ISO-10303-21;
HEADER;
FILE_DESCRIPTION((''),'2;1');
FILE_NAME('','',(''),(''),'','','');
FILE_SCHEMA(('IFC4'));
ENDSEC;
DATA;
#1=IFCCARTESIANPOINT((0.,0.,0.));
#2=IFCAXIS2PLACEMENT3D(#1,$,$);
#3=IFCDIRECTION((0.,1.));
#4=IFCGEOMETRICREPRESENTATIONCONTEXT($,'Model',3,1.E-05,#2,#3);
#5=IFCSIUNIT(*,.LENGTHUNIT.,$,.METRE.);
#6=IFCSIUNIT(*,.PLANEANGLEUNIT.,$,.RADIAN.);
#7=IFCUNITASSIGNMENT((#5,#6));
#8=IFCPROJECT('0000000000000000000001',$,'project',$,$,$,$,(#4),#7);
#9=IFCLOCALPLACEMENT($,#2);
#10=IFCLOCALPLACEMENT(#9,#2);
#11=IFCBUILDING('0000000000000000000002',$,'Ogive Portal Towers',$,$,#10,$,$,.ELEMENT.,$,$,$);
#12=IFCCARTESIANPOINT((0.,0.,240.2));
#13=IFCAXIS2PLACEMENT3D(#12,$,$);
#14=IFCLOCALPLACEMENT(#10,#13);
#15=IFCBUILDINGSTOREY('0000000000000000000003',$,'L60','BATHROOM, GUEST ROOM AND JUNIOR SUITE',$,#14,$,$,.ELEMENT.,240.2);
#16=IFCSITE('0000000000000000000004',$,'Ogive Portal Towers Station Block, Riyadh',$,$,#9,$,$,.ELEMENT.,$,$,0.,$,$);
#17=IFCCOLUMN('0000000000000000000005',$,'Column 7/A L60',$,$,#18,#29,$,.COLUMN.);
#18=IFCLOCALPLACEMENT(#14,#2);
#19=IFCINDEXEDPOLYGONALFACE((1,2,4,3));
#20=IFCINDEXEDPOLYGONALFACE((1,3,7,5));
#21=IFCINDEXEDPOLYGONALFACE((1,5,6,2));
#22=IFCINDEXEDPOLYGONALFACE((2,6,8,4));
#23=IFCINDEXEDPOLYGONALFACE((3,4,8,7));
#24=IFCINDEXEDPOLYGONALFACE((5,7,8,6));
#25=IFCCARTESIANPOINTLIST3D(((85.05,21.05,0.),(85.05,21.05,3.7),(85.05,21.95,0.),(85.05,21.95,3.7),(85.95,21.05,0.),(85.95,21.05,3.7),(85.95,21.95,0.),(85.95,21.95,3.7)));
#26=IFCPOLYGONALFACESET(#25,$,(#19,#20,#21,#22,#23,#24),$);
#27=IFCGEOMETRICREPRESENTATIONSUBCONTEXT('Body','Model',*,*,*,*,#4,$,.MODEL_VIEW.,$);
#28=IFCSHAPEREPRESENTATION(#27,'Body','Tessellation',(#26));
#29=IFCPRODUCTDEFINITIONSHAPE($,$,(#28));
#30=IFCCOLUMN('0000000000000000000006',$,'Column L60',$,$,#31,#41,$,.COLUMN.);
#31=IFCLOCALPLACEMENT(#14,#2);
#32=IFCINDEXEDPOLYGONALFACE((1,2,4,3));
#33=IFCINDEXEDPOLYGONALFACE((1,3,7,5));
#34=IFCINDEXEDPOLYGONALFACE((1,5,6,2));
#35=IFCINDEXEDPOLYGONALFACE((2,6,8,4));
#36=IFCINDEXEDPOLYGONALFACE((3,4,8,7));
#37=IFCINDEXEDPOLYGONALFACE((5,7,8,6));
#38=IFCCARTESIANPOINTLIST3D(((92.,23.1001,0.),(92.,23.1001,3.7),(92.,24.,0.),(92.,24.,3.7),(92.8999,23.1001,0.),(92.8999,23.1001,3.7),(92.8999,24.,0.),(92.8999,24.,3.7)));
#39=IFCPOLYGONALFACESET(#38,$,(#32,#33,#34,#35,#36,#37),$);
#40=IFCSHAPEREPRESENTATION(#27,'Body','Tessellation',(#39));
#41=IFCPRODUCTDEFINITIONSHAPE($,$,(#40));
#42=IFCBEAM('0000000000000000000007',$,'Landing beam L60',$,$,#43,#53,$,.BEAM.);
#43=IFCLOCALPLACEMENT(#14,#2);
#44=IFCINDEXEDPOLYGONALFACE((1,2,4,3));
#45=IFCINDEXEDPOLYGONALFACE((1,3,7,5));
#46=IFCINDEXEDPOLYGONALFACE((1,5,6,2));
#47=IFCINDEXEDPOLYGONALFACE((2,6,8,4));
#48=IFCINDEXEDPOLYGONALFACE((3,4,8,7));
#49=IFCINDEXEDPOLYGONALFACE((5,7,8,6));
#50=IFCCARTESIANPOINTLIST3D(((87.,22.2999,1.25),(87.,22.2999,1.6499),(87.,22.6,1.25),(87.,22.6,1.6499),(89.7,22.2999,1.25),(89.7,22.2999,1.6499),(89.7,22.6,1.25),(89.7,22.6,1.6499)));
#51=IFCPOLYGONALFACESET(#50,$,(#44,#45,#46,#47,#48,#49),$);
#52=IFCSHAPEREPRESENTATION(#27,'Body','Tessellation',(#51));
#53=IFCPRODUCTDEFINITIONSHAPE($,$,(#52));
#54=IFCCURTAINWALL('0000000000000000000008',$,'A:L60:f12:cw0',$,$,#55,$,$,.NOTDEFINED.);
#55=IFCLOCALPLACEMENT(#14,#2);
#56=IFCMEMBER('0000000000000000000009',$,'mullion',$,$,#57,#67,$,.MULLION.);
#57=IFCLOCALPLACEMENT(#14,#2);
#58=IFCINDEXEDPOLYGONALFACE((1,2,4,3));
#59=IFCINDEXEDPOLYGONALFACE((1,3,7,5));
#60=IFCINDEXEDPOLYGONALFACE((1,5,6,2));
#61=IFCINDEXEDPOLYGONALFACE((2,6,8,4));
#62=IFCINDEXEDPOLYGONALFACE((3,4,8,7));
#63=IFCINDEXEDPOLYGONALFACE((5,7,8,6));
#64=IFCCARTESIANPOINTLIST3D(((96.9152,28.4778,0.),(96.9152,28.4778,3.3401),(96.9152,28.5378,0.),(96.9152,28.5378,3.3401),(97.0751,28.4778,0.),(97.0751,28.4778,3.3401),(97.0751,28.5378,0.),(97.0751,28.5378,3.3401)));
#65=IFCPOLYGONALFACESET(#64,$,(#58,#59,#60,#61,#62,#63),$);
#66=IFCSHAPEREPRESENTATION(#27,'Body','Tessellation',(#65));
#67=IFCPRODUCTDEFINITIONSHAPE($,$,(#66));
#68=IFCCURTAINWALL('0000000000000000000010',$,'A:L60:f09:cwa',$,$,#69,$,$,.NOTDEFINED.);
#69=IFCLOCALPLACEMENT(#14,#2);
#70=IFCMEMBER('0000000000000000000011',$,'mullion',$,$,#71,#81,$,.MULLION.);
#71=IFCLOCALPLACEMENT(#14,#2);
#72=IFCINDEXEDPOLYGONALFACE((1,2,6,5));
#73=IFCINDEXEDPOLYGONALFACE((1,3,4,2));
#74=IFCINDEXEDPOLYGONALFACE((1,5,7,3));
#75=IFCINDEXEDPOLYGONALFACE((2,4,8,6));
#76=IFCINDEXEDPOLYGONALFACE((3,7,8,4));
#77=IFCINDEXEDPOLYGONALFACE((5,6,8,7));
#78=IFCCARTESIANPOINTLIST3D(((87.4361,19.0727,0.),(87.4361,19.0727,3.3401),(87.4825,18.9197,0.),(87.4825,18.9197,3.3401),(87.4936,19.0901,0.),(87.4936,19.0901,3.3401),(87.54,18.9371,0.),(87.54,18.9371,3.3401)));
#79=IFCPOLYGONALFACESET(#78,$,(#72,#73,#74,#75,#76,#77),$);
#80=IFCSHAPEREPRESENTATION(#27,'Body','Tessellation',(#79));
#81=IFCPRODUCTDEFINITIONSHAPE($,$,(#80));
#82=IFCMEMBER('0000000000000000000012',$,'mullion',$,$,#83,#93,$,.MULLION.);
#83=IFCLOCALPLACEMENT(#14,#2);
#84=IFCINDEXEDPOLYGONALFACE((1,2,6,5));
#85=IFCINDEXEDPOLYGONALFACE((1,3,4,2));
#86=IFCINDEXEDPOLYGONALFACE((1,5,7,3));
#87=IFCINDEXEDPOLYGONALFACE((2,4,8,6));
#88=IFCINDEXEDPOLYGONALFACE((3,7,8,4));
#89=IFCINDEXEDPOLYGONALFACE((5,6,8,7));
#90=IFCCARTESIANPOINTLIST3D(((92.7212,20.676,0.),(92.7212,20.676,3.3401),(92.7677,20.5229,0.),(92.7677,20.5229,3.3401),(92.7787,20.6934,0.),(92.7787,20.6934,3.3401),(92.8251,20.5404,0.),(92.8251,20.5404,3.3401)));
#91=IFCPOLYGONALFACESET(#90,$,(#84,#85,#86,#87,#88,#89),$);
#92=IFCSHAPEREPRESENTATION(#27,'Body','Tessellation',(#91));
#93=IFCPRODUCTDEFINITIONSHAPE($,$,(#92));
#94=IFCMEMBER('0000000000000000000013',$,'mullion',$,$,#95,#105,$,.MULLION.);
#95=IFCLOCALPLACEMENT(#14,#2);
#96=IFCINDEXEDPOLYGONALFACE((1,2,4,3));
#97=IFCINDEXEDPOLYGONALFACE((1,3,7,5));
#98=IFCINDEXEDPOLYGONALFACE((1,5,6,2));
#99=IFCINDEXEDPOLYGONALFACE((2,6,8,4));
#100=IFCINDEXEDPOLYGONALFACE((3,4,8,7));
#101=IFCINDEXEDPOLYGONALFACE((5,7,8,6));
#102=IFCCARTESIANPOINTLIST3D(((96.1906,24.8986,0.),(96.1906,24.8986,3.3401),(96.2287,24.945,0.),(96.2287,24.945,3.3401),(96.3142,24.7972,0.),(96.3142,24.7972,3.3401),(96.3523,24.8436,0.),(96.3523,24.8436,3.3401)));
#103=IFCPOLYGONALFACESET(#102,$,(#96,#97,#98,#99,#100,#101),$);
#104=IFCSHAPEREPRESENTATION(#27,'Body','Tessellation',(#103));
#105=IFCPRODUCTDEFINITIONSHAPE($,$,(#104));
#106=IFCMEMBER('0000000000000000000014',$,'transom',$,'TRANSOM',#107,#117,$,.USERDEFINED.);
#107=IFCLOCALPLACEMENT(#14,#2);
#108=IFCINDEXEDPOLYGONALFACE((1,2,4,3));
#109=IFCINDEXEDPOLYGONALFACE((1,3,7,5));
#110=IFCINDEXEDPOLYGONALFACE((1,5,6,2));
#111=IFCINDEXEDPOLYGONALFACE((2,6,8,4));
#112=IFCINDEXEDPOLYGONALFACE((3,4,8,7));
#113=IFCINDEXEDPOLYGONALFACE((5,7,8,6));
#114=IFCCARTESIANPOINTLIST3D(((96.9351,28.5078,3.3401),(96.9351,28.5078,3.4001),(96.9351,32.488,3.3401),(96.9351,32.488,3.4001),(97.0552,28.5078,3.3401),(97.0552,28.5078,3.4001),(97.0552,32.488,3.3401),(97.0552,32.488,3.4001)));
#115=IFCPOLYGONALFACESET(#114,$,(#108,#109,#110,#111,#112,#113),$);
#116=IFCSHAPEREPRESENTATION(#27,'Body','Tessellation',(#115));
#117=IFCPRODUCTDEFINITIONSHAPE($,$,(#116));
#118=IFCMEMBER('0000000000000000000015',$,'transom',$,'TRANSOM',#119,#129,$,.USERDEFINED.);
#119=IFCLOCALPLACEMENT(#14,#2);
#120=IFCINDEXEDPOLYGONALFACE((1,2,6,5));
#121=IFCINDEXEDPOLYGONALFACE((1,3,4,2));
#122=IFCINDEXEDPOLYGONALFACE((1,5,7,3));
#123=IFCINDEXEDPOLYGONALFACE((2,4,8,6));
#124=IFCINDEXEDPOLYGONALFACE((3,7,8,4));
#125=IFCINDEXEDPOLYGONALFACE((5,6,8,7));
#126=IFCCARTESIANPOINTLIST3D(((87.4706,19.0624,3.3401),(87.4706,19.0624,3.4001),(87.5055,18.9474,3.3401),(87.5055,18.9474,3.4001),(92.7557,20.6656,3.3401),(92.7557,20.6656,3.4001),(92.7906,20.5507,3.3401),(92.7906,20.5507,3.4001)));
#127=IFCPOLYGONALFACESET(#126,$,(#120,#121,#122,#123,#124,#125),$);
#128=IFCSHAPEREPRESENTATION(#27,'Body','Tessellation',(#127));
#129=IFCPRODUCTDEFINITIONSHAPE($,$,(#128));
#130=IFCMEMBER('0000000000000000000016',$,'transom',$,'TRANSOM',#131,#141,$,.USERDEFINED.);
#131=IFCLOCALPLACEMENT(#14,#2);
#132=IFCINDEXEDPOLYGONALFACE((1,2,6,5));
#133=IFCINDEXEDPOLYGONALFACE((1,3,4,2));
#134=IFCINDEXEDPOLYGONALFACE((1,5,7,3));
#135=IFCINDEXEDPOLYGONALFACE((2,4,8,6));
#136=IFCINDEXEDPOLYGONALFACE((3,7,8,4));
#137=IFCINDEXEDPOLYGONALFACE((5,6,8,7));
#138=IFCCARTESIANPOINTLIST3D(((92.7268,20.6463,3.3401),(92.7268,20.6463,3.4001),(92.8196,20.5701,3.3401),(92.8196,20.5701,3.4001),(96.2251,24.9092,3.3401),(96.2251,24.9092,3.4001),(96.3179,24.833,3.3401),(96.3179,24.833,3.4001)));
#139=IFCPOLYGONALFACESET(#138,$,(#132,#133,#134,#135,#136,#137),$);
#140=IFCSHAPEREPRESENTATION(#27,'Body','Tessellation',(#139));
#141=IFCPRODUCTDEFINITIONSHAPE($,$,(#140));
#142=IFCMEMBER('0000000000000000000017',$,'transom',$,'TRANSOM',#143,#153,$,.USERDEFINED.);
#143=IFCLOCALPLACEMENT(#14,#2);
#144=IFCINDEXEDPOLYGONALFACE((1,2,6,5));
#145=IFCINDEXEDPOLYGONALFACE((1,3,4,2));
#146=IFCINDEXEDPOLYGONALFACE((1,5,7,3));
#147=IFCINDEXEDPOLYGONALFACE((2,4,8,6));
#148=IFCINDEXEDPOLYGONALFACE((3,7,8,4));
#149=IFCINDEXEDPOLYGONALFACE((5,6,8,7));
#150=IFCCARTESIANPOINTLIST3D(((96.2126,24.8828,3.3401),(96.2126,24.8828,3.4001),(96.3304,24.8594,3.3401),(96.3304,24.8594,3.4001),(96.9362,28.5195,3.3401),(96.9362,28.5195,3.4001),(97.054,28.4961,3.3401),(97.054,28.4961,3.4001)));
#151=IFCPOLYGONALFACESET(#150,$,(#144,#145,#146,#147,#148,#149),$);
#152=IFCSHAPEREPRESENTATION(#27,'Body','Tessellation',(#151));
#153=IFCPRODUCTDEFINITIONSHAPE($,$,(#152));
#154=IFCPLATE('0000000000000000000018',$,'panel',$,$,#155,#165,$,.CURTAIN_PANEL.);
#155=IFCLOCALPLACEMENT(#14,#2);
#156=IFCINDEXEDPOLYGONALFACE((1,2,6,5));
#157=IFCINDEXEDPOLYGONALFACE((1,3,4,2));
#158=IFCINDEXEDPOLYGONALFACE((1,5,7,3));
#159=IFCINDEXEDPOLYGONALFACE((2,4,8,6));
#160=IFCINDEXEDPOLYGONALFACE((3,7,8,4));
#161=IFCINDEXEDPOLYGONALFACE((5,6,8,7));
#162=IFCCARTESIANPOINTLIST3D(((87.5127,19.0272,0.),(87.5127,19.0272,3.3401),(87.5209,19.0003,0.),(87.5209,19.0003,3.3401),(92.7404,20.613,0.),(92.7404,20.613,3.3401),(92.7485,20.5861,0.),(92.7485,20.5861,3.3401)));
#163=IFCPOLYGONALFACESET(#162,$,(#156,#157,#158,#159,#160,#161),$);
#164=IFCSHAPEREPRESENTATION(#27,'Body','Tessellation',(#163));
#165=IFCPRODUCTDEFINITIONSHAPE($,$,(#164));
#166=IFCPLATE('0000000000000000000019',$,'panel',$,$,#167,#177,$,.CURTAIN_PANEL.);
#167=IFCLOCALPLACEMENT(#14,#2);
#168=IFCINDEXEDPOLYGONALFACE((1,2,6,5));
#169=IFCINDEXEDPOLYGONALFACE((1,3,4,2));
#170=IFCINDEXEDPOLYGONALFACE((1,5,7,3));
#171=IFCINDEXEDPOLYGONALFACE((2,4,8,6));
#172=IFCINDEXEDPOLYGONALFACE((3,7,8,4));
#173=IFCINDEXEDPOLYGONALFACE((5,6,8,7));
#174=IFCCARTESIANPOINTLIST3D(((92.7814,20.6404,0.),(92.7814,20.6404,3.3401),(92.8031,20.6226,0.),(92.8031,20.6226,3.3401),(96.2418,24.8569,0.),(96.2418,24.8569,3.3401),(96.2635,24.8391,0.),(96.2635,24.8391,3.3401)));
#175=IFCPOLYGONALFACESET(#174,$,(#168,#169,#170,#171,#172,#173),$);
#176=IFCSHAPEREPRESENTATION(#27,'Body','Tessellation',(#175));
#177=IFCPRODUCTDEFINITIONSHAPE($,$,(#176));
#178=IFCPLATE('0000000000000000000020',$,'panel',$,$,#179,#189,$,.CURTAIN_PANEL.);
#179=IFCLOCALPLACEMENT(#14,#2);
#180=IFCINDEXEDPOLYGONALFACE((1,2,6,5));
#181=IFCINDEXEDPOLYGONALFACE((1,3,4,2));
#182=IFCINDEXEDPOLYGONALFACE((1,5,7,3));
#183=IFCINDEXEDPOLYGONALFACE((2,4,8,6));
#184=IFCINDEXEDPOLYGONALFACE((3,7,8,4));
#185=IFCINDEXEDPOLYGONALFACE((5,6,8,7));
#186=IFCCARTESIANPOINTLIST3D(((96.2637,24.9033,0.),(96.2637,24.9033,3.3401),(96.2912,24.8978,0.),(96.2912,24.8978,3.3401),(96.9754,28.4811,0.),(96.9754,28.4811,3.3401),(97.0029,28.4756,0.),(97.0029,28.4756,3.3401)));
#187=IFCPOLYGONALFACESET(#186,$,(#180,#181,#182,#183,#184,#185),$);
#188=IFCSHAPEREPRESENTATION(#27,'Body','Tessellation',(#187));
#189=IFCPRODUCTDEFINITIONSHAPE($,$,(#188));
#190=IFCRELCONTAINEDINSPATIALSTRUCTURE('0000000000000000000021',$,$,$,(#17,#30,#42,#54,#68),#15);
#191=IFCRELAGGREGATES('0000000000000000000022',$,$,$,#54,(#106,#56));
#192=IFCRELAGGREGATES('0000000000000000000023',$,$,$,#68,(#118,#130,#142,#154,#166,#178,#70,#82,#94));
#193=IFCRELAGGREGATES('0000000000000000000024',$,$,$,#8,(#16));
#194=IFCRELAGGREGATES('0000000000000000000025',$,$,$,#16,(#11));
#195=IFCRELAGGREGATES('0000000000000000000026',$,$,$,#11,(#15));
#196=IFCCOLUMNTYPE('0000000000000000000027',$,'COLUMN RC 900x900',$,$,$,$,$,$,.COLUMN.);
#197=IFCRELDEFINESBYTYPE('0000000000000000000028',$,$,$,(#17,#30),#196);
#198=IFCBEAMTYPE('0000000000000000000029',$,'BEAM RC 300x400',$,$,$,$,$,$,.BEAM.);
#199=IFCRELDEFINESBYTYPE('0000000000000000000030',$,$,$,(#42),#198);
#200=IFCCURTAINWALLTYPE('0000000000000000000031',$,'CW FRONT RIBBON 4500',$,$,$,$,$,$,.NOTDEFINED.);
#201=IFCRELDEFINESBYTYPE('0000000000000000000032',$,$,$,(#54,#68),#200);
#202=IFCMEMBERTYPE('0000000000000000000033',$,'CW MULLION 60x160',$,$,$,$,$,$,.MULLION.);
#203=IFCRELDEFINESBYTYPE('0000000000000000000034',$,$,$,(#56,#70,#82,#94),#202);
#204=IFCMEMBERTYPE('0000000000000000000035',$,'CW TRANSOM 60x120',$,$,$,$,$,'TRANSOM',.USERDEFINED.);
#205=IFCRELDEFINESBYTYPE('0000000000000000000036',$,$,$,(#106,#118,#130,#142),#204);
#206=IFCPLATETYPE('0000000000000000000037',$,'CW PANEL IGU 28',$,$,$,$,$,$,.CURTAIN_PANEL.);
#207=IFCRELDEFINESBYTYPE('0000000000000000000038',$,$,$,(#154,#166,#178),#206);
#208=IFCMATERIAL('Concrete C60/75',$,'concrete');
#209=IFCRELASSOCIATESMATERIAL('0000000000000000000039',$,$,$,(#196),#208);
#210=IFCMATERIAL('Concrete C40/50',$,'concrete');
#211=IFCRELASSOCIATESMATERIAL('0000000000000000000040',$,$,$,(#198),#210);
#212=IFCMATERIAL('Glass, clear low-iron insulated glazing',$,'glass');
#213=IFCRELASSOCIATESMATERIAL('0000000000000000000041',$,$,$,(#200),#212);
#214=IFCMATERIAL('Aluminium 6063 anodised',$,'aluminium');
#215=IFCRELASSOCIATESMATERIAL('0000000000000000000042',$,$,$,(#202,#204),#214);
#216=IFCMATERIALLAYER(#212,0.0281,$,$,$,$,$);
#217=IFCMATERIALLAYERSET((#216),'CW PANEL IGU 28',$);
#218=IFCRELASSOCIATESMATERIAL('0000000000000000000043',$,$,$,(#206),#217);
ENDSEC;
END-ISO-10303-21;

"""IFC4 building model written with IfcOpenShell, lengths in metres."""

from ifc_helpers import new_model, si_unit, direction, frame, origin, origin_2d, place, context, subcontext, project, spatial, rectangle, extrude, material, layer, layer_set, material_profile, profile_set, type_object, element, aggregate, save


model = new_model("IFC4")

# Units and contexts
model_context = context("Model", 3, precision=1e-05, world=origin(), true_north=direction((0.0, 1.0)))
body_context = subcontext(model_context, "Body", "Model", "MODEL_VIEW")
ifc_project = project(units=[si_unit("LENGTHUNIT", "METRE"), si_unit("PLANEANGLEUNIT", "RADIAN")], contexts=[model_context])

# Site, building, storey
site_placement = place(None, origin())
site = spatial("IfcSite", under=ifc_project, at=site_placement, Name="Ogive Portal Towers Station Block, Riyadh", CompositionType="ELEMENT", RefElevation=0.0)
building_placement = place(site_placement, origin())
building = spatial("IfcBuilding", under=site, at=building_placement, Name="Ogive Portal Towers", CompositionType="ELEMENT")
storey_placement = place(building_placement, frame((0.0, 0.0, 240.2)))
storey = spatial("IfcBuildingStorey", under=building, at=storey_placement, Name="L60", Description="BATHROOM, GUEST ROOM AND JUNIOR SUITE", CompositionType="ELEMENT", Elevation=240.2)

# Columns
ifc_material_1 = material(Name="Concrete C60/75", Category="concrete")
ifc_material_profile_1 = material_profile(ifc_material_1, rectangle(XDim=0.8999, YDim=0.8999, at=origin_2d()), Name="RC 900x900")
ifc_profile_set_1 = profile_set([ifc_material_profile_1], Name="Concrete C60/75")
column_type = type_object("IfcColumnType", Name="COLUMN RC 900x900", PredefinedType="COLUMN", material=ifc_profile_set_1)
for number, where, z_axis, x_axis, name in (
    (1, (85.5, 21.5, 0.0), (0.0, 0.0, 1.0), (1.0, 0.0, 0.0), "Column 7/A L60"),
    (2, (92.45, 23.55, 0.0), (0.0, 0.0, 1.0), (1.0, 0.0, 0.0), "Column L60"),
):
    element("IfcColumn", number, at=place(storey_placement, frame(where, z_axis=z_axis, x_axis=x_axis)), inside=storey, type_object=column_type, Name=name, PredefinedType="COLUMN", context=body_context, shape_type="SweptSolid", body=[
        extrude(rectangle(XDim=0.8999, YDim=0.8999, at=origin_2d()), origin(), (0.0, 0.0, 1.0), 3.7),
    ])

# Beam
ifc_material_2 = material(Name="Concrete C40/50", Category="concrete")
ifc_material_profile_2 = material_profile(ifc_material_2, rectangle(XDim=0.3, YDim=0.3999, at=origin_2d()), Name="RC 300x400")
ifc_profile_set_2 = profile_set([ifc_material_profile_2], Name="Concrete C40/50")
beam_type = type_object("IfcBeamType", Name="BEAM RC 300x400", PredefinedType="BEAM", material=ifc_profile_set_2)
beam_placement = place(storey_placement, frame((87.0, 22.45, 1.45), z_axis=(1.0, 0.0, 0.0), x_axis=(0.0, 1.0, 0.0)))
element("IfcBeam", 3, at=beam_placement, inside=storey, type_object=beam_type, Name="Landing beam L60", PredefinedType="BEAM", context=body_context, shape_type="SweptSolid", body=[
    extrude(rectangle(XDim=0.3, YDim=0.3999, at=origin_2d()), origin(), (0.0, 0.0, 1.0), 2.7),
])

# Curtain wall, member
ifc_material_3 = material(Name="Glass, clear low-iron insulated glazing", Category="glass")
curtain_wall_type = type_object("IfcCurtainWallType", Name="CW FRONT RIBBON 4500", PredefinedType="NOTDEFINED", material=ifc_material_3)
curtain_wall_1_placement = place(storey_placement, origin())
curtain_wall_1 = element("IfcCurtainWall", 4, at=curtain_wall_1_placement, inside=storey, type_object=curtain_wall_type, Name="A:L60:f12:cw0", PredefinedType="NOTDEFINED")
ifc_material_4 = material(Name="Aluminium 6063 anodised", Category="aluminium")
ifc_material_profile_3 = material_profile(ifc_material_4, rectangle(XDim=0.1599, YDim=0.0601, at=origin_2d()), Name="AL 60x160")
ifc_profile_set_3 = profile_set([ifc_material_profile_3], Name="Aluminium 6063 anodised")
member_type_1 = type_object("IfcMemberType", Name="CW MULLION 60x160", PredefinedType="MULLION", material=ifc_profile_set_3)
member_1_placement = place(storey_placement, frame((96.9951, 28.5078, 0.0), z_axis=(0.0, 0.0, 1.0), x_axis=(-1.0, 0.0, 0.0)))
member_1 = element("IfcMember", 5, at=member_1_placement, type_object=member_type_1, Name="mullion", PredefinedType="MULLION", context=body_context, shape_type="SweptSolid", body=[
    extrude(rectangle(XDim=0.1599, YDim=0.0601, at=origin_2d()), origin(), (0.0, 0.0, 1.0), 3.3401),
])

# Curtain wall, members
curtain_wall_2_placement = place(storey_placement, origin())
curtain_wall_2 = element("IfcCurtainWall", 6, at=curtain_wall_2_placement, inside=storey, type_object=curtain_wall_type, Name="A:L60:f09:cwa", PredefinedType="NOTDEFINED")
member_2_placement = place(storey_placement, frame((87.488, 19.0049, 0.0), z_axis=(0.0, 0.0, 1.0), x_axis=(-0.290285, 0.95694, 0.0)))
member_2 = element("IfcMember", 7, at=member_2_placement, type_object=member_type_1, Name="mullion", PredefinedType="MULLION", context=body_context, shape_type="SweptSolid", body=[
    extrude(rectangle(XDim=0.1599, YDim=0.0601, at=origin_2d()), origin(), (0.0, 0.0, 1.0), 3.3401),
])
member_3_placement = place(storey_placement, frame((92.7732, 20.6082, 0.0), z_axis=(0.0, 0.0, 1.0), x_axis=(-0.290285, 0.95694, 0.0)))
member_3 = element("IfcMember", 8, at=member_3_placement, type_object=member_type_1, Name="mullion", PredefinedType="MULLION", context=body_context, shape_type="SweptSolid", body=[
    extrude(rectangle(XDim=0.1599, YDim=0.0601, at=origin_2d()), origin(), (0.0, 0.0, 1.0), 3.3401),
])
member_4_placement = place(storey_placement, frame((96.2715, 24.8711, 0.0), z_axis=(0.0, 0.0, 1.0), x_axis=(-0.77301, 0.634393, 0.0)))
member_4 = element("IfcMember", 9, at=member_4_placement, type_object=member_type_1, Name="mullion", PredefinedType="MULLION", context=body_context, shape_type="SweptSolid", body=[
    extrude(rectangle(XDim=0.1599, YDim=0.0601, at=origin_2d()), origin(), (0.0, 0.0, 1.0), 3.3401),
])

# Members
ifc_material_profile_4 = material_profile(ifc_material_4, rectangle(XDim=0.1201, YDim=0.0601, at=origin_2d()), Name="AL 120x60")
ifc_profile_set_4 = profile_set([ifc_material_profile_4], Name="Aluminium 6063 anodised")
member_type_2 = type_object("IfcMemberType", Name="CW TRANSOM 60x120", ElementType="TRANSOM", PredefinedType="USERDEFINED", material=ifc_profile_set_4)
member_5_placement = place(storey_placement, frame((96.9951, 28.5078, 3.3701), z_axis=(0.0, 1.0, 0.0), x_axis=(-1.0, 0.0, 0.0)))
member_5 = element("IfcMember", 10, at=member_5_placement, type_object=member_type_2, Name="transom", ObjectType="TRANSOM", PredefinedType="USERDEFINED", context=body_context, shape_type="SweptSolid", body=[
    extrude(rectangle(XDim=0.1201, YDim=0.0601, at=origin_2d()), origin(), (0.0, 0.0, 1.0), 3.9802),
])
aggregate(curtain_wall_1, [member_5, member_1])
member_6_placement = place(storey_placement, frame((87.488, 19.0049, 3.3701), z_axis=(0.956938, 0.290291, 0.0), x_axis=(-0.290291, 0.956938, 0.0)))
member_6 = element("IfcMember", 11, at=member_6_placement, type_object=member_type_2, Name="transom", ObjectType="TRANSOM", PredefinedType="USERDEFINED", context=body_context, shape_type="SweptSolid", body=[
    extrude(rectangle(XDim=0.1201, YDim=0.0601, at=origin_2d()), origin(), (0.0, 0.0, 1.0), 5.5229),
])
member_7_placement = place(storey_placement, frame((92.7732, 20.6082, 3.3701), z_axis=(0.63437, 0.773029, 0.0), x_axis=(-0.773029, 0.63437, 0.0)))
member_7 = element("IfcMember", 12, at=member_7_placement, type_object=member_type_2, Name="transom", ObjectType="TRANSOM", PredefinedType="USERDEFINED", context=body_context, shape_type="SweptSolid", body=[
    extrude(rectangle(XDim=0.1201, YDim=0.0601, at=origin_2d()), origin(), (0.0, 0.0, 1.0), 5.5146),
])
member_8_placement = place(storey_placement, frame((96.2715, 24.8711, 3.3701), z_axis=(0.195154, 0.980773, 0.0), x_axis=(-0.980773, 0.195154, 0.0)))
member_8 = element("IfcMember", 13, at=member_8_placement, type_object=member_type_2, Name="transom", ObjectType="TRANSOM", PredefinedType="USERDEFINED", context=body_context, shape_type="SweptSolid", body=[
    extrude(rectangle(XDim=0.1201, YDim=0.0601, at=origin_2d()), origin(), (0.0, 0.0, 1.0), 3.708),
])

# Plates
ifc_layer_1 = layer(ifc_material_3, 0.0281)
ifc_layer_set_1 = layer_set([ifc_layer_1], Name="CW PANEL IGU 28")
plate_type = type_object("IfcPlateType", Name="CW PANEL IGU 28", PredefinedType="CURTAIN_PANEL", material=ifc_layer_set_1)
plate_1_placement = place(storey_placement, frame((90.1306, 19.8066, 0.0), z_axis=(0.0, 0.0, 1.0), x_axis=(0.95694, 0.290285, 0.0)))
plate_1 = element("IfcPlate", 14, at=plate_1_placement, type_object=plate_type, Name="panel", PredefinedType="CURTAIN_PANEL", context=body_context, shape_type="SweptSolid", body=[
    extrude(rectangle(XDim=5.4629, YDim=0.0281, at=origin_2d()), origin(), (0.0, 0.0, 1.0), 3.3401),
])
plate_2_placement = place(storey_placement, frame((94.5225, 22.7397, 0.0), z_axis=(0.0, 0.0, 1.0), x_axis=(0.634393, 0.77301, 0.0)))
plate_2 = element("IfcPlate", 15, at=plate_2_placement, type_object=plate_type, Name="panel", PredefinedType="CURTAIN_PANEL", context=body_context, shape_type="SweptSolid", body=[
    extrude(rectangle(XDim=5.4546, YDim=0.0281, at=origin_2d()), origin(), (0.0, 0.0, 1.0), 3.3401),
])
plate_3_placement = place(storey_placement, frame((96.6333, 26.6895, 0.0), z_axis=(0.0, 0.0, 1.0), x_axis=(0.19509, 0.980785, 0.0)))
plate_3 = element("IfcPlate", 16, at=plate_3_placement, type_object=plate_type, Name="panel", PredefinedType="CURTAIN_PANEL", context=body_context, shape_type="SweptSolid", body=[
    extrude(rectangle(XDim=3.6479, YDim=0.0281, at=origin_2d()), origin(), (0.0, 0.0, 1.0), 3.3401),
])
aggregate(curtain_wall_2, [member_6, member_7, member_8, plate_1, plate_2, plate_3, member_2, member_3, member_4])

save(model, "model.ifc")
